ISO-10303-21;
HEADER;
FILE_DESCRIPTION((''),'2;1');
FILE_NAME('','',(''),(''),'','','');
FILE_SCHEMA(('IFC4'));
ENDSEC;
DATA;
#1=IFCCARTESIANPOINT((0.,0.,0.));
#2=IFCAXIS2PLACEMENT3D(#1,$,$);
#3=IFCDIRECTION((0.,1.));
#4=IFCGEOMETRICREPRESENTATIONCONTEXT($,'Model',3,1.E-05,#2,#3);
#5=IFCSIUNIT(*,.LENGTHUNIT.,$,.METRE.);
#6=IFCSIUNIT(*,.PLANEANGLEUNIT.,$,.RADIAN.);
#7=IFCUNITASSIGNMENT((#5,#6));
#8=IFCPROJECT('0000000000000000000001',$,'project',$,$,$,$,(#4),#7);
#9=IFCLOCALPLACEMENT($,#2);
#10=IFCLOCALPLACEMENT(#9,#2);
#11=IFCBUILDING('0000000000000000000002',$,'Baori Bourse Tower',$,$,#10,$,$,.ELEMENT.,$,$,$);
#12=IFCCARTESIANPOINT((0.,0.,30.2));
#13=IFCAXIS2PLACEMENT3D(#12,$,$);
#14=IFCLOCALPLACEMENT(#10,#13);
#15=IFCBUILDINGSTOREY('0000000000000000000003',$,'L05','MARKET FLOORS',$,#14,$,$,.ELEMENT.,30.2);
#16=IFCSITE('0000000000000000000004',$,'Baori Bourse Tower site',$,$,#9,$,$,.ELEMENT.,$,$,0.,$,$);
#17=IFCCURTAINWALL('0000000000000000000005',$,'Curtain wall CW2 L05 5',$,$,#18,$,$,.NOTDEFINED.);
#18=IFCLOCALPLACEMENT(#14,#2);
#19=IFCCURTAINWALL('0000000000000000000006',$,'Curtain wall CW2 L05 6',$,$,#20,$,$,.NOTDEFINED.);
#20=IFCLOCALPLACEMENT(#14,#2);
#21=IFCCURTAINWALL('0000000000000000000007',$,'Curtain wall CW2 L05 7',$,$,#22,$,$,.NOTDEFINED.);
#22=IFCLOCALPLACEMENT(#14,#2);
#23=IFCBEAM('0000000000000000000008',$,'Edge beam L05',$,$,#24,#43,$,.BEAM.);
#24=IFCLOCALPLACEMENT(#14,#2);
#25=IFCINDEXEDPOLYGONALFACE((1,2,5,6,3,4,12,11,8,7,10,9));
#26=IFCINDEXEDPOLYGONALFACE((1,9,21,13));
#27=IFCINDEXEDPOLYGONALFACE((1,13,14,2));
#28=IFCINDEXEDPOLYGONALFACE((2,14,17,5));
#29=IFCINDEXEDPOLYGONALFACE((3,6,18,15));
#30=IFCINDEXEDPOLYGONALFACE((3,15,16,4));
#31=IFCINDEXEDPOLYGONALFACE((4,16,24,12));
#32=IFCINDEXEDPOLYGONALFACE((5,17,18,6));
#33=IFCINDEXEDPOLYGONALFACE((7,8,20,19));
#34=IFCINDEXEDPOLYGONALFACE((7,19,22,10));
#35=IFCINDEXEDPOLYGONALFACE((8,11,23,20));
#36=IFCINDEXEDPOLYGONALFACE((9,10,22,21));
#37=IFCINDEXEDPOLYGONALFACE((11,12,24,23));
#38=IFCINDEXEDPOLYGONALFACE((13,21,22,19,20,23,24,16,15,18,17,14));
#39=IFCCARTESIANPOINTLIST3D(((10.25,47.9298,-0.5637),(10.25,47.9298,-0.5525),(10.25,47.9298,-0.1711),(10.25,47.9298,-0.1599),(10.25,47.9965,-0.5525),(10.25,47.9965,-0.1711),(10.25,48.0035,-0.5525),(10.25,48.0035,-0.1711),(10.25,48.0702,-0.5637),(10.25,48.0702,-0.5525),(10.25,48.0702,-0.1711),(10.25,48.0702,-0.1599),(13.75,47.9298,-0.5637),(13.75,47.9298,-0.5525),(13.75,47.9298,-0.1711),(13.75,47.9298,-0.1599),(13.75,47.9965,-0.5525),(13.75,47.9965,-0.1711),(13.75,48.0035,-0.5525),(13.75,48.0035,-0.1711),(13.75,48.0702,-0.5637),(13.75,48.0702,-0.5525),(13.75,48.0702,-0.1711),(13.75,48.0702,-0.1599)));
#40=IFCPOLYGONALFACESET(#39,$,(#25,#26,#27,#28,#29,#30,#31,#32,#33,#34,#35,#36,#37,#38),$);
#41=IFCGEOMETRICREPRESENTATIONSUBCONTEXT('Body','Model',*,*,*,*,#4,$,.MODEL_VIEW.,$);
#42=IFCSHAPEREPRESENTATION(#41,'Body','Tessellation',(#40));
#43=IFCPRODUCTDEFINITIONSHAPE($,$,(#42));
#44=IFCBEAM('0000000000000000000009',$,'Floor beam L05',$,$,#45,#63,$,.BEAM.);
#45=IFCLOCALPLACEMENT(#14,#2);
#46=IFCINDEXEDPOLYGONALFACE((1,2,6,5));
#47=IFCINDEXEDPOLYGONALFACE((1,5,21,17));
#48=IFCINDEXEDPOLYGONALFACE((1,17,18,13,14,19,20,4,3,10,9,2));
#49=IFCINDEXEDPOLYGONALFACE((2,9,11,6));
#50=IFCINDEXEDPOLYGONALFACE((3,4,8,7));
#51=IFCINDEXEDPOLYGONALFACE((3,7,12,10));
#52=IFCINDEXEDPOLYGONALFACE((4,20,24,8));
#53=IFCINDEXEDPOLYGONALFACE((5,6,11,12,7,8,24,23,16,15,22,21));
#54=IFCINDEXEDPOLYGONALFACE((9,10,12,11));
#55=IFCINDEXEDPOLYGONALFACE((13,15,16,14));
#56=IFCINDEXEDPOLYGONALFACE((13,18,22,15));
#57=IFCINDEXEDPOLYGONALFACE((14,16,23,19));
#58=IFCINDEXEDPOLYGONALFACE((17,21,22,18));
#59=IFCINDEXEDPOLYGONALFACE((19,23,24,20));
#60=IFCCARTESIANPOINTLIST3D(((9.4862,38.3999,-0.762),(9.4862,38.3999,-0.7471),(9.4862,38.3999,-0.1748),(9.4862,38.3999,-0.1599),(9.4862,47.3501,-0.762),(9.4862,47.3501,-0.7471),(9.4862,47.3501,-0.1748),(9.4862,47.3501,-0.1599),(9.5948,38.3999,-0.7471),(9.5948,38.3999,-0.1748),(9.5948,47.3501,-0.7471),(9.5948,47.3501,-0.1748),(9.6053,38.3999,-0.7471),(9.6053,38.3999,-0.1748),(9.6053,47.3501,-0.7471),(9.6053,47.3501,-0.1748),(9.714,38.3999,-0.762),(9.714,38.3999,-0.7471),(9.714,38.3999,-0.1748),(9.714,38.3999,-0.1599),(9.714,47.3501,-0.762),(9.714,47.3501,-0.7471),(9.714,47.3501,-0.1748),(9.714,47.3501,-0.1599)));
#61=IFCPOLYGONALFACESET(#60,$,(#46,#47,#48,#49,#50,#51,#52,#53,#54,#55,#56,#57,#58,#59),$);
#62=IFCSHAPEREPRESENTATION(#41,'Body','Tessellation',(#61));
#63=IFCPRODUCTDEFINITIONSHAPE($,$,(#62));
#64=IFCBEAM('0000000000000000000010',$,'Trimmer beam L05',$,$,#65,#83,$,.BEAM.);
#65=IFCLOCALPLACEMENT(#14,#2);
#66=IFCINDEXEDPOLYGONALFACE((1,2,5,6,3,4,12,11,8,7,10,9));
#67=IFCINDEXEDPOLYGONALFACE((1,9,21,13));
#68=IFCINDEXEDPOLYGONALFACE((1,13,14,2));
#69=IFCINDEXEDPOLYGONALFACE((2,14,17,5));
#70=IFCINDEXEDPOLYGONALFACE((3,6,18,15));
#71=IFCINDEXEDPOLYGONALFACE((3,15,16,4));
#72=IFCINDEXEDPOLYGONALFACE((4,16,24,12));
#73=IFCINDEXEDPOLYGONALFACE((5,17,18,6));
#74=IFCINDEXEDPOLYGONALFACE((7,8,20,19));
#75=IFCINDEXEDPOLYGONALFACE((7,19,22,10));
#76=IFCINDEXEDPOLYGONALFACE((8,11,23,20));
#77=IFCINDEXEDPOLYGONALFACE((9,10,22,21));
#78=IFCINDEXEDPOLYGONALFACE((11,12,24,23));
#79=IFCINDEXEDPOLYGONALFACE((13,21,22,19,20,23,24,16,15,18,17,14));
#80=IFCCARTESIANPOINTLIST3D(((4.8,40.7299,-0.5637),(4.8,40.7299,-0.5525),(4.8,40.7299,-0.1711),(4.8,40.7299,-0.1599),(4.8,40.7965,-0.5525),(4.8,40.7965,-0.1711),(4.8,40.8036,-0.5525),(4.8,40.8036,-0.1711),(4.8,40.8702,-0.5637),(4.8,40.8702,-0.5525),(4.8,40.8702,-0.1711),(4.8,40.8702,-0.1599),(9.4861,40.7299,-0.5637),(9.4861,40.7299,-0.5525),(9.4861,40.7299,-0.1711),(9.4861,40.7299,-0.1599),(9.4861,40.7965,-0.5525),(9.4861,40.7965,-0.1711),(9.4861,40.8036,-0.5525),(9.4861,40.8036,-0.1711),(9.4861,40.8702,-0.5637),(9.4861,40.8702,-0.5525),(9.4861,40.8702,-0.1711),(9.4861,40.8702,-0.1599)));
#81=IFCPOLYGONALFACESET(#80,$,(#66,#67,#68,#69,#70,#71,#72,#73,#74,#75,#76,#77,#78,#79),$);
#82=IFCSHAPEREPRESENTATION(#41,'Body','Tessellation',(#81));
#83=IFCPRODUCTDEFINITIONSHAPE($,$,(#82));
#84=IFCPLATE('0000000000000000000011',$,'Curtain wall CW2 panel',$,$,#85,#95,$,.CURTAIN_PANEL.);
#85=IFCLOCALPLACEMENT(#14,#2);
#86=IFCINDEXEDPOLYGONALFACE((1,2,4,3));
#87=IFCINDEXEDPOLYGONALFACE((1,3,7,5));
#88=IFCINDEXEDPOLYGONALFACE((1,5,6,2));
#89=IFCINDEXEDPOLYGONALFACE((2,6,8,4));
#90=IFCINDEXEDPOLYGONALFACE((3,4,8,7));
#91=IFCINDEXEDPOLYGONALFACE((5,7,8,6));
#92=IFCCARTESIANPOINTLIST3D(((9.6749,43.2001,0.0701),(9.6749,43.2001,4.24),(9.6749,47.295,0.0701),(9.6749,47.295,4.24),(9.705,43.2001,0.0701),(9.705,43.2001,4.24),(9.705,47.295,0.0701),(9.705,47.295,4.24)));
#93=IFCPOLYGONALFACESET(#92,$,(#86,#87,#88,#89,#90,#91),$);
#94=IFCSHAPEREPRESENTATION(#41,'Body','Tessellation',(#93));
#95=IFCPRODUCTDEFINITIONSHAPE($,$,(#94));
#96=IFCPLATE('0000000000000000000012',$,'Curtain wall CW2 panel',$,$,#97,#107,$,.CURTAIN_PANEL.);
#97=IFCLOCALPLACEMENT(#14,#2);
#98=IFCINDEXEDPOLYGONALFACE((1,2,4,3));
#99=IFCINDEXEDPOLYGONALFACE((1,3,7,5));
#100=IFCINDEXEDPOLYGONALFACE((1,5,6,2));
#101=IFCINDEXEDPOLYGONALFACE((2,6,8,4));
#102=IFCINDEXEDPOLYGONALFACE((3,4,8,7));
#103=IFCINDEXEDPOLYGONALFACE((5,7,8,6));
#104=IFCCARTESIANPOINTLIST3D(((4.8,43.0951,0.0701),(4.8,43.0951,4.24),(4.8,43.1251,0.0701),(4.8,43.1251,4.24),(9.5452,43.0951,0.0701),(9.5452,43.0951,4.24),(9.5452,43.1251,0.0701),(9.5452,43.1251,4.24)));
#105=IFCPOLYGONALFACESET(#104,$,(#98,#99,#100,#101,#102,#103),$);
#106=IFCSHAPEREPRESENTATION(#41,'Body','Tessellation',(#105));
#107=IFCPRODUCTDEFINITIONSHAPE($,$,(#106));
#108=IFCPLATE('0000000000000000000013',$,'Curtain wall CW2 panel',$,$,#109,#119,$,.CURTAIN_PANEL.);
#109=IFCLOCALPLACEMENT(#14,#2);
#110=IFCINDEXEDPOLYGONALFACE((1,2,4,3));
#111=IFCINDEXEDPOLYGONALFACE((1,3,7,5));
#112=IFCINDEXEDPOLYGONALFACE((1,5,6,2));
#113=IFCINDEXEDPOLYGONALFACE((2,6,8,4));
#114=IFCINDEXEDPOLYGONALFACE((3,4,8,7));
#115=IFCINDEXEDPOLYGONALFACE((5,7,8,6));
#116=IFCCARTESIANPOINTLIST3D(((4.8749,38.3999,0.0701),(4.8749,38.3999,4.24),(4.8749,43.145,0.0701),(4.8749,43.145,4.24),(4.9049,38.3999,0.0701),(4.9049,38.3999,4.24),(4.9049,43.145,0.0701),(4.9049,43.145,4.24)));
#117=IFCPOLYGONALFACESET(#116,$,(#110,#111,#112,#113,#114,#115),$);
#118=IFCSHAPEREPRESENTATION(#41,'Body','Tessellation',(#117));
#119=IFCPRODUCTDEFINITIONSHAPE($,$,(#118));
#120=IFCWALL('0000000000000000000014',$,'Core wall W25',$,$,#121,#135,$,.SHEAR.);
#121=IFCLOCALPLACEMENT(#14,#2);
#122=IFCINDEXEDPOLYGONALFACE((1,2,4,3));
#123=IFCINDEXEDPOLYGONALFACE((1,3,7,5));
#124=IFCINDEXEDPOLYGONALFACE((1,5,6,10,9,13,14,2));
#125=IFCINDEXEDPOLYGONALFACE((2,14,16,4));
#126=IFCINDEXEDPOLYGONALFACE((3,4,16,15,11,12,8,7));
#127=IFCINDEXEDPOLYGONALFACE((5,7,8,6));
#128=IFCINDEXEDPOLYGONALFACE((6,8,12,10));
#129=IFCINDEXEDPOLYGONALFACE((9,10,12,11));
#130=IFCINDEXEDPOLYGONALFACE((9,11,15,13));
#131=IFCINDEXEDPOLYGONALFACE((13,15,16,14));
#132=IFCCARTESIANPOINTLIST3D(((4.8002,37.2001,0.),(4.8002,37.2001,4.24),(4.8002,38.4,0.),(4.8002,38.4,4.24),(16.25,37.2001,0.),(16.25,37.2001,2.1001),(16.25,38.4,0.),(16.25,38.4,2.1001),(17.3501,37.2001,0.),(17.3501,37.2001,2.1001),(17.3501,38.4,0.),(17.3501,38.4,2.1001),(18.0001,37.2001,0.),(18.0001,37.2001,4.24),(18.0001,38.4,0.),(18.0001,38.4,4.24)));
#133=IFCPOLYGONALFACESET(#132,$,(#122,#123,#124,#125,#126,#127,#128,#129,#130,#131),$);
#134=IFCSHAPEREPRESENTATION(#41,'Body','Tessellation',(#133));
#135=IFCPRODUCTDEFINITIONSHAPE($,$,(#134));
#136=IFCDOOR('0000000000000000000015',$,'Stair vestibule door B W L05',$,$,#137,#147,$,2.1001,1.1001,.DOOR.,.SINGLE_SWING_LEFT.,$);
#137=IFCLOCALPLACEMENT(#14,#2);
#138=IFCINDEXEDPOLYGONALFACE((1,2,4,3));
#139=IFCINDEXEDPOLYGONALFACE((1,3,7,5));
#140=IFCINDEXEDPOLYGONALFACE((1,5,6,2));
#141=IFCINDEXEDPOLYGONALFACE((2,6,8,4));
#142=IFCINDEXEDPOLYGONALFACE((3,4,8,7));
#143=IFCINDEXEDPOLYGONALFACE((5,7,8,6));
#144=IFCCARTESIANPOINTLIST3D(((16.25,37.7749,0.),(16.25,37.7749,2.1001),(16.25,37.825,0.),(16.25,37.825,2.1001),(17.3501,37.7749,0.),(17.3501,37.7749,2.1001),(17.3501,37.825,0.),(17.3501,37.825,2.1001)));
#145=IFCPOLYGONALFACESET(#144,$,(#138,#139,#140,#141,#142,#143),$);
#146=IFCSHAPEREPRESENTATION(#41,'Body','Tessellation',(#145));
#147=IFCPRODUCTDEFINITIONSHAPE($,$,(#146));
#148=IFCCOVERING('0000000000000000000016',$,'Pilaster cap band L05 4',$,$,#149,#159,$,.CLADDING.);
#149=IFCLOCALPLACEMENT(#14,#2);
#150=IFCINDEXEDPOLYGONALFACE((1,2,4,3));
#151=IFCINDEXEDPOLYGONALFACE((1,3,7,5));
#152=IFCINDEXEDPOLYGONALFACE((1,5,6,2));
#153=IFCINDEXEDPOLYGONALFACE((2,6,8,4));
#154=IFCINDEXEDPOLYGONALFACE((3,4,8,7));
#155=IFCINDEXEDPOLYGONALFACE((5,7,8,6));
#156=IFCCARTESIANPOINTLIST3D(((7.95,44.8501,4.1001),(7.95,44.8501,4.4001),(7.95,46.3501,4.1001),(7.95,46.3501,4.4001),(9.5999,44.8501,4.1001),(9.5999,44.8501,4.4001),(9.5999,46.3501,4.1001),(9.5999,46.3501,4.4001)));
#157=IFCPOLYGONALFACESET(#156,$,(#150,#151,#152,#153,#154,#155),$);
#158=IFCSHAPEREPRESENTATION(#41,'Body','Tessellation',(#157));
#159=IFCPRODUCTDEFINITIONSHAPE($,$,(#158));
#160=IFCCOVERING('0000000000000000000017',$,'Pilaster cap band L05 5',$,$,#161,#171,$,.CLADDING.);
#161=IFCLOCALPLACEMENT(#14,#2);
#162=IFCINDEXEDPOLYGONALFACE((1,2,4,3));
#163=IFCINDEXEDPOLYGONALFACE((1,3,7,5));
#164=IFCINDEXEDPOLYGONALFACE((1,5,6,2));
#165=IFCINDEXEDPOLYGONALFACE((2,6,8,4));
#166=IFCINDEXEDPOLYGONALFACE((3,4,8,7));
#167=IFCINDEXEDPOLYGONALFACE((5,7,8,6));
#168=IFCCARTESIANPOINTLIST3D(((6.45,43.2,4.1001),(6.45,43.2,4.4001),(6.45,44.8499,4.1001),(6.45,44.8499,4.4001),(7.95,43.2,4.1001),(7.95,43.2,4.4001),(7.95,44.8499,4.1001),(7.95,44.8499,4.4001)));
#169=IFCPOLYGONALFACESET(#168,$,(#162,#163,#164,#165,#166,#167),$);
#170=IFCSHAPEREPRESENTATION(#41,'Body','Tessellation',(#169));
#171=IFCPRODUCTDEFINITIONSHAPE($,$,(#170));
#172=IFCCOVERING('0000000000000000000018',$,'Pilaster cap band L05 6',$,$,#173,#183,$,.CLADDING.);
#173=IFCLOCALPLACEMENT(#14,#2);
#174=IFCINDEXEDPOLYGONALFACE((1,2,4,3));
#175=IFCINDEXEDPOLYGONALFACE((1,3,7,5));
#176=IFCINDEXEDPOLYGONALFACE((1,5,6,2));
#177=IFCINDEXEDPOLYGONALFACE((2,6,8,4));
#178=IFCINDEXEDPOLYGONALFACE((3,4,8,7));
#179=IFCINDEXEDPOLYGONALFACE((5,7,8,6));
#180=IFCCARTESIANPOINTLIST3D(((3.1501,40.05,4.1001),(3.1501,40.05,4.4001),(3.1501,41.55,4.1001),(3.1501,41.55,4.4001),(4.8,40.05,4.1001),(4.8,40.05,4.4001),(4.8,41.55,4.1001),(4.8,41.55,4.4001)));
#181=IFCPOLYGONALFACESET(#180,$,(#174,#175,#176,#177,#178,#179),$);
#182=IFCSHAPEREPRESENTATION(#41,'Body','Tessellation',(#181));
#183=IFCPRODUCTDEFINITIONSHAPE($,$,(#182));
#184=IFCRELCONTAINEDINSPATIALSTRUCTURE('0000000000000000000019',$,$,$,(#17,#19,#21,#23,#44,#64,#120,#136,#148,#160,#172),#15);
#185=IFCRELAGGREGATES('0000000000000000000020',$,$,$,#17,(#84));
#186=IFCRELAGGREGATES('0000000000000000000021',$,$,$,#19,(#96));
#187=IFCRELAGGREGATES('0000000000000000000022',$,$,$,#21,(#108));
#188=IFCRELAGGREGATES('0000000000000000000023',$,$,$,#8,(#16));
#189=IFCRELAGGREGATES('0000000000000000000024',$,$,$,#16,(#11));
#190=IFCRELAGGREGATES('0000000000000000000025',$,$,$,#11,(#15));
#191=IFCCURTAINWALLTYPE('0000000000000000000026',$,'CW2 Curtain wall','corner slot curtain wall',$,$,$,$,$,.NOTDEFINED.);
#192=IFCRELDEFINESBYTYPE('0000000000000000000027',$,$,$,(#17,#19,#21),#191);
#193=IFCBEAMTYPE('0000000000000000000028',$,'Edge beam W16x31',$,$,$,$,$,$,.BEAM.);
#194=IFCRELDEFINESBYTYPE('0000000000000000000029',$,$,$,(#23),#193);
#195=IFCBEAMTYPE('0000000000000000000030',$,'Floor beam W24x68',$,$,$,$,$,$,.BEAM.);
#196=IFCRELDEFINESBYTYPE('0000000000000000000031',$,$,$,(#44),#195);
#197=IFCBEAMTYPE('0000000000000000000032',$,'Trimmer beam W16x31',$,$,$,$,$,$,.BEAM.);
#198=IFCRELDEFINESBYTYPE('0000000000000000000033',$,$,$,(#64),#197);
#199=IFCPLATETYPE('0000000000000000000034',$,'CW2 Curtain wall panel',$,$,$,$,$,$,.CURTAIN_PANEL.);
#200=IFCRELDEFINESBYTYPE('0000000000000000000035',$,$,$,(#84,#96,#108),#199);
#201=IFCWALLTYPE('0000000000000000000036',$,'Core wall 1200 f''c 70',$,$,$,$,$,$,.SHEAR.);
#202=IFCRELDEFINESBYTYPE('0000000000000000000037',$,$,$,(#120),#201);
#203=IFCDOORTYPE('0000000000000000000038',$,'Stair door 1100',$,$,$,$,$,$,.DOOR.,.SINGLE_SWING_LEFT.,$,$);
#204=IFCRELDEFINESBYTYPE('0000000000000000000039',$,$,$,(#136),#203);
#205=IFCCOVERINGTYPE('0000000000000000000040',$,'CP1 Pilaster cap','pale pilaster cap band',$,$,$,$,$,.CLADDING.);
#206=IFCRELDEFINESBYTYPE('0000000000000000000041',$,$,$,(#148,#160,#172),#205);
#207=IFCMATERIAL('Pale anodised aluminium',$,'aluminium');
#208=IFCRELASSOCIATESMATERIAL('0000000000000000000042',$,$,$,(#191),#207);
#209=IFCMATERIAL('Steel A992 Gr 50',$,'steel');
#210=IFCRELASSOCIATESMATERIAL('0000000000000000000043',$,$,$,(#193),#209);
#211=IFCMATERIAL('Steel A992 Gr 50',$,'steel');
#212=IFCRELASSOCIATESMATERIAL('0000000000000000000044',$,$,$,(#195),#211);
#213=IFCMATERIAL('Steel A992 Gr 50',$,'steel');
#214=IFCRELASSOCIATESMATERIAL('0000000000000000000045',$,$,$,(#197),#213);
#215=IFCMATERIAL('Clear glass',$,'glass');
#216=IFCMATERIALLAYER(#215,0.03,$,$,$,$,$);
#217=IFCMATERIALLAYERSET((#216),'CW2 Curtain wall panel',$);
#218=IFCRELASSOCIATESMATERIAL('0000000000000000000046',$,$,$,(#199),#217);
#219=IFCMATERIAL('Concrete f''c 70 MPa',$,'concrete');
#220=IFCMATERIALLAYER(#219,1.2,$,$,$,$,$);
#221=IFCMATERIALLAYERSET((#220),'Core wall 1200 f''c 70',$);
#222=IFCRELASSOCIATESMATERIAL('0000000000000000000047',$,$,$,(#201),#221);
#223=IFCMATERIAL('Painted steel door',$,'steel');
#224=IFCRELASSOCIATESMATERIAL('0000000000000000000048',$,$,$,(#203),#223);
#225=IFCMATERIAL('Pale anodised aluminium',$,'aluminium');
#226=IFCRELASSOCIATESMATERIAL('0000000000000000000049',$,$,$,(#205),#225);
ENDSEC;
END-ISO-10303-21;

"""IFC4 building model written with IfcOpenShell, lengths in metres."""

from ifc_helpers import new_model, si_unit, direction, frame, frame_2d, origin, origin_2d, place, context, subcontext, project, spatial, rectangle, i_section, extrude, material, layer, layer_set, material_profile, profile_set, type_object, element, fill, aggregate, save


model = new_model("IFC4")

# Units and contexts
model_context = context("Model", 3, precision=1e-05, world=origin(), true_north=direction((0.0, 1.0)))
body_context = subcontext(model_context, "Body", "Model", "MODEL_VIEW")
ifc_project = project(units=[si_unit("LENGTHUNIT", "METRE"), si_unit("PLANEANGLEUNIT", "RADIAN")], contexts=[model_context])

# Site, building, storey
site_placement = place(None, origin())
site = spatial("IfcSite", under=ifc_project, at=site_placement, Name="Baori Bourse Tower site", CompositionType="ELEMENT", RefElevation=0.0)
building_placement = place(site_placement, origin())
building = spatial("IfcBuilding", under=site, at=building_placement, Name="Baori Bourse Tower", CompositionType="ELEMENT")
storey_placement = place(building_placement, frame((0.0, 0.0, 30.2)))
storey = spatial("IfcBuildingStorey", under=building, at=storey_placement, Name="L05", Description="MARKET FLOORS", CompositionType="ELEMENT", Elevation=30.2)

# Curtain walls
ifc_material_1 = material(Name="Pale anodised aluminium", Category="aluminium")
curtain_wall_type = type_object("IfcCurtainWallType", Name="CW2 Curtain wall", Description="corner slot curtain wall", PredefinedType="NOTDEFINED", material=ifc_material_1)
curtain_wall_1_placement = place(storey_placement, origin())
curtain_wall_1 = element("IfcCurtainWall", 1, at=curtain_wall_1_placement, inside=storey, type_object=curtain_wall_type, Name="Curtain wall CW2 L05 5", PredefinedType="NOTDEFINED")
curtain_wall_2_placement = place(storey_placement, origin())
curtain_wall_2 = element("IfcCurtainWall", 2, at=curtain_wall_2_placement, inside=storey, type_object=curtain_wall_type, Name="Curtain wall CW2 L05 6", PredefinedType="NOTDEFINED")
curtain_wall_3_placement = place(storey_placement, origin())
curtain_wall_3 = element("IfcCurtainWall", 3, at=curtain_wall_3_placement, inside=storey, type_object=curtain_wall_type, Name="Curtain wall CW2 L05 7", PredefinedType="NOTDEFINED")

# Beams
ifc_material_2 = material(Name="Steel A992 Gr 50", Category="steel")
ifc_material_profile_1 = material_profile(ifc_material_2, i_section(OverallWidth=0.1404, OverallDepth=0.4038, WebThickness=0.0071, FlangeThickness=0.0112, at=origin_2d()), Name="W16x31")
ifc_profile_set_1 = profile_set([ifc_material_profile_1], Name="Steel A992 Gr 50")
beam_type_1 = type_object("IfcBeamType", Name="Edge beam W16x31", PredefinedType="BEAM", material=ifc_profile_set_1)
beam_1_placement = place(storey_placement, frame((10.25, 48.0, -0.3618), z_axis=(1.0, 0.0, 0.0), x_axis=(0.0, 1.0, 0.0)))
element("IfcBeam", 4, at=beam_1_placement, inside=storey, type_object=beam_type_1, Name="Edge beam L05", PredefinedType="BEAM", context=body_context, shape_type="SweptSolid", body=[
    extrude(i_section(OverallWidth=0.1404, OverallDepth=0.4038, WebThickness=0.0071, FlangeThickness=0.0112, at=origin_2d()), origin(), (0.0, 0.0, 1.0), 3.5),
])
ifc_material_3 = material(Name="Steel A992 Gr 50", Category="steel")
ifc_material_profile_2 = material_profile(ifc_material_3, i_section(OverallWidth=0.2278, OverallDepth=0.6021, WebThickness=0.0105, FlangeThickness=0.0149, at=origin_2d()), Name="W24x68")
ifc_profile_set_2 = profile_set([ifc_material_profile_2], Name="Steel A992 Gr 50")
beam_type_2 = type_object("IfcBeamType", Name="Floor beam W24x68", PredefinedType="BEAM", material=ifc_profile_set_2)
beam_2_placement = place(storey_placement, frame((9.6001, 38.3999, -0.4609), z_axis=(0.0, 1.0, 0.0), x_axis=(-1.0, 0.0, 0.0)))
element("IfcBeam", 5, at=beam_2_placement, inside=storey, type_object=beam_type_2, Name="Floor beam L05", PredefinedType="BEAM", context=body_context, shape_type="SweptSolid", body=[
    extrude(i_section(OverallWidth=0.2278, OverallDepth=0.6021, WebThickness=0.0105, FlangeThickness=0.0149, at=origin_2d()), origin(), (0.0, 0.0, 1.0), 8.9502),
])
ifc_material_4 = material(Name="Steel A992 Gr 50", Category="steel")
ifc_material_profile_3 = material_profile(ifc_material_4, i_section(OverallWidth=0.1404, OverallDepth=0.4038, WebThickness=0.0071, FlangeThickness=0.0112, at=origin_2d()), Name="W16x31")
ifc_profile_set_3 = profile_set([ifc_material_profile_3], Name="Steel A992 Gr 50")
beam_type_3 = type_object("IfcBeamType", Name="Trimmer beam W16x31", PredefinedType="BEAM", material=ifc_profile_set_3)
beam_3_placement = place(storey_placement, frame((4.8, 40.8, -0.3618), z_axis=(1.0, 0.0, 0.0), x_axis=(0.0, 1.0, 0.0)))
element("IfcBeam", 6, at=beam_3_placement, inside=storey, type_object=beam_type_3, Name="Trimmer beam L05", PredefinedType="BEAM", context=body_context, shape_type="SweptSolid", body=[
    extrude(i_section(OverallWidth=0.1404, OverallDepth=0.4038, WebThickness=0.0071, FlangeThickness=0.0112, at=origin_2d()), origin(), (0.0, 0.0, 1.0), 4.686),
])

# Plates
ifc_material_5 = material(Name="Clear glass", Category="glass")
ifc_layer_1 = layer(ifc_material_5, 0.03)
ifc_layer_set_1 = layer_set([ifc_layer_1], Name="CW2 Curtain wall panel")
plate_type = type_object("IfcPlateType", Name="CW2 Curtain wall panel", PredefinedType="CURTAIN_PANEL", material=ifc_layer_set_1)
plate_1_placement = place(storey_placement, frame((9.6899, 45.2476, 0.0701), z_axis=(0.0, 0.0, 1.0), x_axis=(0.0, -1.0, 0.0)))
plate_1 = element("IfcPlate", 7, at=plate_1_placement, type_object=plate_type, Name="Curtain wall CW2 panel", PredefinedType="CURTAIN_PANEL", context=body_context, shape_type="SweptSolid", body=[
    extrude(rectangle(XDim=4.095, YDim=0.03, at=origin_2d()), origin(), (0.0, 0.0, 1.0), 4.1699),
])
aggregate(curtain_wall_1, [plate_1])
plate_2_placement = place(storey_placement, frame((7.1726, 43.1101, 0.0701), z_axis=(0.0, 0.0, 1.0), x_axis=(-1.0, 0.0, 0.0)))
plate_2 = element("IfcPlate", 8, at=plate_2_placement, type_object=plate_type, Name="Curtain wall CW2 panel", PredefinedType="CURTAIN_PANEL", context=body_context, shape_type="SweptSolid", body=[
    extrude(rectangle(XDim=4.7451, YDim=0.03, at=origin_2d()), origin(), (0.0, 0.0, 1.0), 4.1699),
])
aggregate(curtain_wall_2, [plate_2])
plate_3_placement = place(storey_placement, frame((4.8899, 40.7725, 0.0701), z_axis=(0.0, 0.0, 1.0), x_axis=(0.0, -1.0, 0.0)))
plate_3 = element("IfcPlate", 9, at=plate_3_placement, type_object=plate_type, Name="Curtain wall CW2 panel", PredefinedType="CURTAIN_PANEL", context=body_context, shape_type="SweptSolid", body=[
    extrude(rectangle(XDim=4.7451, YDim=0.03, at=origin_2d()), origin(), (0.0, 0.0, 1.0), 4.1699),
])
aggregate(curtain_wall_3, [plate_3])

# Wall, opening, door
ifc_material_6 = material(Name="Concrete f'c 70 MPa", Category="concrete")
ifc_layer_2 = layer(ifc_material_6, 1.2)
ifc_layer_set_2 = layer_set([ifc_layer_2], Name="Core wall 1200 f'c 70")
wall_type = type_object("IfcWallType", Name="Core wall 1200 f'c 70", PredefinedType="SHEAR", material=ifc_layer_set_2)
wall_placement = place(storey_placement, frame((4.8, 37.8, 0.0), z_axis=(0.0, 0.0, 1.0), x_axis=(1.0, 0.0, 0.0)))
wall = element("IfcWall", 10, at=wall_placement, inside=storey, type_object=wall_type, Name="Core wall W25", PredefinedType="SHEAR", context=body_context, shape_type="SweptSolid", body=[
    extrude(rectangle(XDim=13.2, YDim=1.2, at=frame_2d((6.6001, 0.0))), origin(), (0.0, 0.0, 1.0), 4.24),
])
opening_placement = place(wall_placement, frame((11.45, 0.0, 0.0)))
opening = element("IfcOpeningElement", 11, at=opening_placement, cuts=wall, PredefinedType="OPENING", context=body_context, shape_type="SweptSolid", body=[
    extrude(rectangle(XDim=1.1001, YDim=2.1001, at=frame_2d((0.55, 1.05))), frame((0.0, 0.6099, 0.0), z_axis=(0.0, -1.0, 0.0), x_axis=(1.0, 0.0, 0.0)), (0.0, 0.0, 1.0), 1.22),
])
ifc_material_7 = material(Name="Painted steel door", Category="steel")
door_type = type_object("IfcDoorType", Name="Stair door 1100", OperationType="SINGLE_SWING_LEFT", PredefinedType="DOOR", material=ifc_material_7)
door_placement = place(opening_placement, origin())
door = element("IfcDoor", 12, at=door_placement, inside=storey, type_object=door_type, Name="Stair vestibule door B W L05", OperationType="SINGLE_SWING_LEFT", OverallHeight=2.1001, OverallWidth=1.1001, PredefinedType="DOOR", context=body_context, shape_type="SweptSolid", body=[
    extrude(rectangle(XDim=1.1001, YDim=2.1001, at=frame_2d((0.55, 1.05))), frame((0.0, 0.0249, 0.0), z_axis=(0.0, -1.0, 0.0), x_axis=(1.0, 0.0, 0.0)), (0.0, 0.0, 1.0), 0.05),
])
fill(opening, door)

# Coverings
ifc_material_8 = material(Name="Pale anodised aluminium", Category="aluminium")
covering_type = type_object("IfcCoveringType", Name="CP1 Pilaster cap", Description="pale pilaster cap band", PredefinedType="CLADDING", material=ifc_material_8)
for number, where, z_axis, x_axis, name in (
    (13, (8.7749, 45.6001, 4.1001), (0.0, 0.0, 1.0), (0.0, -1.0, 0.0), "Pilaster cap band L05 4"),
    (14, (7.2, 44.0249, 4.1001), (0.0, 0.0, 1.0), (-1.0, 0.0, 0.0), "Pilaster cap band L05 5"),
    (15, (3.9751, 40.8, 4.1001), (0.0, 0.0, 1.0), (0.0, -1.0, 0.0), "Pilaster cap band L05 6"),
):
    element("IfcCovering", number, at=place(storey_placement, frame(where, z_axis=z_axis, x_axis=x_axis)), inside=storey, type_object=covering_type, Name=name, PredefinedType="CLADDING", context=body_context, shape_type="SweptSolid", body=[
        extrude(rectangle(XDim=1.5, YDim=1.6499, at=origin_2d()), origin(), (0.0, 0.0, 1.0), 0.3),
    ])

save(model, "model.ifc")
